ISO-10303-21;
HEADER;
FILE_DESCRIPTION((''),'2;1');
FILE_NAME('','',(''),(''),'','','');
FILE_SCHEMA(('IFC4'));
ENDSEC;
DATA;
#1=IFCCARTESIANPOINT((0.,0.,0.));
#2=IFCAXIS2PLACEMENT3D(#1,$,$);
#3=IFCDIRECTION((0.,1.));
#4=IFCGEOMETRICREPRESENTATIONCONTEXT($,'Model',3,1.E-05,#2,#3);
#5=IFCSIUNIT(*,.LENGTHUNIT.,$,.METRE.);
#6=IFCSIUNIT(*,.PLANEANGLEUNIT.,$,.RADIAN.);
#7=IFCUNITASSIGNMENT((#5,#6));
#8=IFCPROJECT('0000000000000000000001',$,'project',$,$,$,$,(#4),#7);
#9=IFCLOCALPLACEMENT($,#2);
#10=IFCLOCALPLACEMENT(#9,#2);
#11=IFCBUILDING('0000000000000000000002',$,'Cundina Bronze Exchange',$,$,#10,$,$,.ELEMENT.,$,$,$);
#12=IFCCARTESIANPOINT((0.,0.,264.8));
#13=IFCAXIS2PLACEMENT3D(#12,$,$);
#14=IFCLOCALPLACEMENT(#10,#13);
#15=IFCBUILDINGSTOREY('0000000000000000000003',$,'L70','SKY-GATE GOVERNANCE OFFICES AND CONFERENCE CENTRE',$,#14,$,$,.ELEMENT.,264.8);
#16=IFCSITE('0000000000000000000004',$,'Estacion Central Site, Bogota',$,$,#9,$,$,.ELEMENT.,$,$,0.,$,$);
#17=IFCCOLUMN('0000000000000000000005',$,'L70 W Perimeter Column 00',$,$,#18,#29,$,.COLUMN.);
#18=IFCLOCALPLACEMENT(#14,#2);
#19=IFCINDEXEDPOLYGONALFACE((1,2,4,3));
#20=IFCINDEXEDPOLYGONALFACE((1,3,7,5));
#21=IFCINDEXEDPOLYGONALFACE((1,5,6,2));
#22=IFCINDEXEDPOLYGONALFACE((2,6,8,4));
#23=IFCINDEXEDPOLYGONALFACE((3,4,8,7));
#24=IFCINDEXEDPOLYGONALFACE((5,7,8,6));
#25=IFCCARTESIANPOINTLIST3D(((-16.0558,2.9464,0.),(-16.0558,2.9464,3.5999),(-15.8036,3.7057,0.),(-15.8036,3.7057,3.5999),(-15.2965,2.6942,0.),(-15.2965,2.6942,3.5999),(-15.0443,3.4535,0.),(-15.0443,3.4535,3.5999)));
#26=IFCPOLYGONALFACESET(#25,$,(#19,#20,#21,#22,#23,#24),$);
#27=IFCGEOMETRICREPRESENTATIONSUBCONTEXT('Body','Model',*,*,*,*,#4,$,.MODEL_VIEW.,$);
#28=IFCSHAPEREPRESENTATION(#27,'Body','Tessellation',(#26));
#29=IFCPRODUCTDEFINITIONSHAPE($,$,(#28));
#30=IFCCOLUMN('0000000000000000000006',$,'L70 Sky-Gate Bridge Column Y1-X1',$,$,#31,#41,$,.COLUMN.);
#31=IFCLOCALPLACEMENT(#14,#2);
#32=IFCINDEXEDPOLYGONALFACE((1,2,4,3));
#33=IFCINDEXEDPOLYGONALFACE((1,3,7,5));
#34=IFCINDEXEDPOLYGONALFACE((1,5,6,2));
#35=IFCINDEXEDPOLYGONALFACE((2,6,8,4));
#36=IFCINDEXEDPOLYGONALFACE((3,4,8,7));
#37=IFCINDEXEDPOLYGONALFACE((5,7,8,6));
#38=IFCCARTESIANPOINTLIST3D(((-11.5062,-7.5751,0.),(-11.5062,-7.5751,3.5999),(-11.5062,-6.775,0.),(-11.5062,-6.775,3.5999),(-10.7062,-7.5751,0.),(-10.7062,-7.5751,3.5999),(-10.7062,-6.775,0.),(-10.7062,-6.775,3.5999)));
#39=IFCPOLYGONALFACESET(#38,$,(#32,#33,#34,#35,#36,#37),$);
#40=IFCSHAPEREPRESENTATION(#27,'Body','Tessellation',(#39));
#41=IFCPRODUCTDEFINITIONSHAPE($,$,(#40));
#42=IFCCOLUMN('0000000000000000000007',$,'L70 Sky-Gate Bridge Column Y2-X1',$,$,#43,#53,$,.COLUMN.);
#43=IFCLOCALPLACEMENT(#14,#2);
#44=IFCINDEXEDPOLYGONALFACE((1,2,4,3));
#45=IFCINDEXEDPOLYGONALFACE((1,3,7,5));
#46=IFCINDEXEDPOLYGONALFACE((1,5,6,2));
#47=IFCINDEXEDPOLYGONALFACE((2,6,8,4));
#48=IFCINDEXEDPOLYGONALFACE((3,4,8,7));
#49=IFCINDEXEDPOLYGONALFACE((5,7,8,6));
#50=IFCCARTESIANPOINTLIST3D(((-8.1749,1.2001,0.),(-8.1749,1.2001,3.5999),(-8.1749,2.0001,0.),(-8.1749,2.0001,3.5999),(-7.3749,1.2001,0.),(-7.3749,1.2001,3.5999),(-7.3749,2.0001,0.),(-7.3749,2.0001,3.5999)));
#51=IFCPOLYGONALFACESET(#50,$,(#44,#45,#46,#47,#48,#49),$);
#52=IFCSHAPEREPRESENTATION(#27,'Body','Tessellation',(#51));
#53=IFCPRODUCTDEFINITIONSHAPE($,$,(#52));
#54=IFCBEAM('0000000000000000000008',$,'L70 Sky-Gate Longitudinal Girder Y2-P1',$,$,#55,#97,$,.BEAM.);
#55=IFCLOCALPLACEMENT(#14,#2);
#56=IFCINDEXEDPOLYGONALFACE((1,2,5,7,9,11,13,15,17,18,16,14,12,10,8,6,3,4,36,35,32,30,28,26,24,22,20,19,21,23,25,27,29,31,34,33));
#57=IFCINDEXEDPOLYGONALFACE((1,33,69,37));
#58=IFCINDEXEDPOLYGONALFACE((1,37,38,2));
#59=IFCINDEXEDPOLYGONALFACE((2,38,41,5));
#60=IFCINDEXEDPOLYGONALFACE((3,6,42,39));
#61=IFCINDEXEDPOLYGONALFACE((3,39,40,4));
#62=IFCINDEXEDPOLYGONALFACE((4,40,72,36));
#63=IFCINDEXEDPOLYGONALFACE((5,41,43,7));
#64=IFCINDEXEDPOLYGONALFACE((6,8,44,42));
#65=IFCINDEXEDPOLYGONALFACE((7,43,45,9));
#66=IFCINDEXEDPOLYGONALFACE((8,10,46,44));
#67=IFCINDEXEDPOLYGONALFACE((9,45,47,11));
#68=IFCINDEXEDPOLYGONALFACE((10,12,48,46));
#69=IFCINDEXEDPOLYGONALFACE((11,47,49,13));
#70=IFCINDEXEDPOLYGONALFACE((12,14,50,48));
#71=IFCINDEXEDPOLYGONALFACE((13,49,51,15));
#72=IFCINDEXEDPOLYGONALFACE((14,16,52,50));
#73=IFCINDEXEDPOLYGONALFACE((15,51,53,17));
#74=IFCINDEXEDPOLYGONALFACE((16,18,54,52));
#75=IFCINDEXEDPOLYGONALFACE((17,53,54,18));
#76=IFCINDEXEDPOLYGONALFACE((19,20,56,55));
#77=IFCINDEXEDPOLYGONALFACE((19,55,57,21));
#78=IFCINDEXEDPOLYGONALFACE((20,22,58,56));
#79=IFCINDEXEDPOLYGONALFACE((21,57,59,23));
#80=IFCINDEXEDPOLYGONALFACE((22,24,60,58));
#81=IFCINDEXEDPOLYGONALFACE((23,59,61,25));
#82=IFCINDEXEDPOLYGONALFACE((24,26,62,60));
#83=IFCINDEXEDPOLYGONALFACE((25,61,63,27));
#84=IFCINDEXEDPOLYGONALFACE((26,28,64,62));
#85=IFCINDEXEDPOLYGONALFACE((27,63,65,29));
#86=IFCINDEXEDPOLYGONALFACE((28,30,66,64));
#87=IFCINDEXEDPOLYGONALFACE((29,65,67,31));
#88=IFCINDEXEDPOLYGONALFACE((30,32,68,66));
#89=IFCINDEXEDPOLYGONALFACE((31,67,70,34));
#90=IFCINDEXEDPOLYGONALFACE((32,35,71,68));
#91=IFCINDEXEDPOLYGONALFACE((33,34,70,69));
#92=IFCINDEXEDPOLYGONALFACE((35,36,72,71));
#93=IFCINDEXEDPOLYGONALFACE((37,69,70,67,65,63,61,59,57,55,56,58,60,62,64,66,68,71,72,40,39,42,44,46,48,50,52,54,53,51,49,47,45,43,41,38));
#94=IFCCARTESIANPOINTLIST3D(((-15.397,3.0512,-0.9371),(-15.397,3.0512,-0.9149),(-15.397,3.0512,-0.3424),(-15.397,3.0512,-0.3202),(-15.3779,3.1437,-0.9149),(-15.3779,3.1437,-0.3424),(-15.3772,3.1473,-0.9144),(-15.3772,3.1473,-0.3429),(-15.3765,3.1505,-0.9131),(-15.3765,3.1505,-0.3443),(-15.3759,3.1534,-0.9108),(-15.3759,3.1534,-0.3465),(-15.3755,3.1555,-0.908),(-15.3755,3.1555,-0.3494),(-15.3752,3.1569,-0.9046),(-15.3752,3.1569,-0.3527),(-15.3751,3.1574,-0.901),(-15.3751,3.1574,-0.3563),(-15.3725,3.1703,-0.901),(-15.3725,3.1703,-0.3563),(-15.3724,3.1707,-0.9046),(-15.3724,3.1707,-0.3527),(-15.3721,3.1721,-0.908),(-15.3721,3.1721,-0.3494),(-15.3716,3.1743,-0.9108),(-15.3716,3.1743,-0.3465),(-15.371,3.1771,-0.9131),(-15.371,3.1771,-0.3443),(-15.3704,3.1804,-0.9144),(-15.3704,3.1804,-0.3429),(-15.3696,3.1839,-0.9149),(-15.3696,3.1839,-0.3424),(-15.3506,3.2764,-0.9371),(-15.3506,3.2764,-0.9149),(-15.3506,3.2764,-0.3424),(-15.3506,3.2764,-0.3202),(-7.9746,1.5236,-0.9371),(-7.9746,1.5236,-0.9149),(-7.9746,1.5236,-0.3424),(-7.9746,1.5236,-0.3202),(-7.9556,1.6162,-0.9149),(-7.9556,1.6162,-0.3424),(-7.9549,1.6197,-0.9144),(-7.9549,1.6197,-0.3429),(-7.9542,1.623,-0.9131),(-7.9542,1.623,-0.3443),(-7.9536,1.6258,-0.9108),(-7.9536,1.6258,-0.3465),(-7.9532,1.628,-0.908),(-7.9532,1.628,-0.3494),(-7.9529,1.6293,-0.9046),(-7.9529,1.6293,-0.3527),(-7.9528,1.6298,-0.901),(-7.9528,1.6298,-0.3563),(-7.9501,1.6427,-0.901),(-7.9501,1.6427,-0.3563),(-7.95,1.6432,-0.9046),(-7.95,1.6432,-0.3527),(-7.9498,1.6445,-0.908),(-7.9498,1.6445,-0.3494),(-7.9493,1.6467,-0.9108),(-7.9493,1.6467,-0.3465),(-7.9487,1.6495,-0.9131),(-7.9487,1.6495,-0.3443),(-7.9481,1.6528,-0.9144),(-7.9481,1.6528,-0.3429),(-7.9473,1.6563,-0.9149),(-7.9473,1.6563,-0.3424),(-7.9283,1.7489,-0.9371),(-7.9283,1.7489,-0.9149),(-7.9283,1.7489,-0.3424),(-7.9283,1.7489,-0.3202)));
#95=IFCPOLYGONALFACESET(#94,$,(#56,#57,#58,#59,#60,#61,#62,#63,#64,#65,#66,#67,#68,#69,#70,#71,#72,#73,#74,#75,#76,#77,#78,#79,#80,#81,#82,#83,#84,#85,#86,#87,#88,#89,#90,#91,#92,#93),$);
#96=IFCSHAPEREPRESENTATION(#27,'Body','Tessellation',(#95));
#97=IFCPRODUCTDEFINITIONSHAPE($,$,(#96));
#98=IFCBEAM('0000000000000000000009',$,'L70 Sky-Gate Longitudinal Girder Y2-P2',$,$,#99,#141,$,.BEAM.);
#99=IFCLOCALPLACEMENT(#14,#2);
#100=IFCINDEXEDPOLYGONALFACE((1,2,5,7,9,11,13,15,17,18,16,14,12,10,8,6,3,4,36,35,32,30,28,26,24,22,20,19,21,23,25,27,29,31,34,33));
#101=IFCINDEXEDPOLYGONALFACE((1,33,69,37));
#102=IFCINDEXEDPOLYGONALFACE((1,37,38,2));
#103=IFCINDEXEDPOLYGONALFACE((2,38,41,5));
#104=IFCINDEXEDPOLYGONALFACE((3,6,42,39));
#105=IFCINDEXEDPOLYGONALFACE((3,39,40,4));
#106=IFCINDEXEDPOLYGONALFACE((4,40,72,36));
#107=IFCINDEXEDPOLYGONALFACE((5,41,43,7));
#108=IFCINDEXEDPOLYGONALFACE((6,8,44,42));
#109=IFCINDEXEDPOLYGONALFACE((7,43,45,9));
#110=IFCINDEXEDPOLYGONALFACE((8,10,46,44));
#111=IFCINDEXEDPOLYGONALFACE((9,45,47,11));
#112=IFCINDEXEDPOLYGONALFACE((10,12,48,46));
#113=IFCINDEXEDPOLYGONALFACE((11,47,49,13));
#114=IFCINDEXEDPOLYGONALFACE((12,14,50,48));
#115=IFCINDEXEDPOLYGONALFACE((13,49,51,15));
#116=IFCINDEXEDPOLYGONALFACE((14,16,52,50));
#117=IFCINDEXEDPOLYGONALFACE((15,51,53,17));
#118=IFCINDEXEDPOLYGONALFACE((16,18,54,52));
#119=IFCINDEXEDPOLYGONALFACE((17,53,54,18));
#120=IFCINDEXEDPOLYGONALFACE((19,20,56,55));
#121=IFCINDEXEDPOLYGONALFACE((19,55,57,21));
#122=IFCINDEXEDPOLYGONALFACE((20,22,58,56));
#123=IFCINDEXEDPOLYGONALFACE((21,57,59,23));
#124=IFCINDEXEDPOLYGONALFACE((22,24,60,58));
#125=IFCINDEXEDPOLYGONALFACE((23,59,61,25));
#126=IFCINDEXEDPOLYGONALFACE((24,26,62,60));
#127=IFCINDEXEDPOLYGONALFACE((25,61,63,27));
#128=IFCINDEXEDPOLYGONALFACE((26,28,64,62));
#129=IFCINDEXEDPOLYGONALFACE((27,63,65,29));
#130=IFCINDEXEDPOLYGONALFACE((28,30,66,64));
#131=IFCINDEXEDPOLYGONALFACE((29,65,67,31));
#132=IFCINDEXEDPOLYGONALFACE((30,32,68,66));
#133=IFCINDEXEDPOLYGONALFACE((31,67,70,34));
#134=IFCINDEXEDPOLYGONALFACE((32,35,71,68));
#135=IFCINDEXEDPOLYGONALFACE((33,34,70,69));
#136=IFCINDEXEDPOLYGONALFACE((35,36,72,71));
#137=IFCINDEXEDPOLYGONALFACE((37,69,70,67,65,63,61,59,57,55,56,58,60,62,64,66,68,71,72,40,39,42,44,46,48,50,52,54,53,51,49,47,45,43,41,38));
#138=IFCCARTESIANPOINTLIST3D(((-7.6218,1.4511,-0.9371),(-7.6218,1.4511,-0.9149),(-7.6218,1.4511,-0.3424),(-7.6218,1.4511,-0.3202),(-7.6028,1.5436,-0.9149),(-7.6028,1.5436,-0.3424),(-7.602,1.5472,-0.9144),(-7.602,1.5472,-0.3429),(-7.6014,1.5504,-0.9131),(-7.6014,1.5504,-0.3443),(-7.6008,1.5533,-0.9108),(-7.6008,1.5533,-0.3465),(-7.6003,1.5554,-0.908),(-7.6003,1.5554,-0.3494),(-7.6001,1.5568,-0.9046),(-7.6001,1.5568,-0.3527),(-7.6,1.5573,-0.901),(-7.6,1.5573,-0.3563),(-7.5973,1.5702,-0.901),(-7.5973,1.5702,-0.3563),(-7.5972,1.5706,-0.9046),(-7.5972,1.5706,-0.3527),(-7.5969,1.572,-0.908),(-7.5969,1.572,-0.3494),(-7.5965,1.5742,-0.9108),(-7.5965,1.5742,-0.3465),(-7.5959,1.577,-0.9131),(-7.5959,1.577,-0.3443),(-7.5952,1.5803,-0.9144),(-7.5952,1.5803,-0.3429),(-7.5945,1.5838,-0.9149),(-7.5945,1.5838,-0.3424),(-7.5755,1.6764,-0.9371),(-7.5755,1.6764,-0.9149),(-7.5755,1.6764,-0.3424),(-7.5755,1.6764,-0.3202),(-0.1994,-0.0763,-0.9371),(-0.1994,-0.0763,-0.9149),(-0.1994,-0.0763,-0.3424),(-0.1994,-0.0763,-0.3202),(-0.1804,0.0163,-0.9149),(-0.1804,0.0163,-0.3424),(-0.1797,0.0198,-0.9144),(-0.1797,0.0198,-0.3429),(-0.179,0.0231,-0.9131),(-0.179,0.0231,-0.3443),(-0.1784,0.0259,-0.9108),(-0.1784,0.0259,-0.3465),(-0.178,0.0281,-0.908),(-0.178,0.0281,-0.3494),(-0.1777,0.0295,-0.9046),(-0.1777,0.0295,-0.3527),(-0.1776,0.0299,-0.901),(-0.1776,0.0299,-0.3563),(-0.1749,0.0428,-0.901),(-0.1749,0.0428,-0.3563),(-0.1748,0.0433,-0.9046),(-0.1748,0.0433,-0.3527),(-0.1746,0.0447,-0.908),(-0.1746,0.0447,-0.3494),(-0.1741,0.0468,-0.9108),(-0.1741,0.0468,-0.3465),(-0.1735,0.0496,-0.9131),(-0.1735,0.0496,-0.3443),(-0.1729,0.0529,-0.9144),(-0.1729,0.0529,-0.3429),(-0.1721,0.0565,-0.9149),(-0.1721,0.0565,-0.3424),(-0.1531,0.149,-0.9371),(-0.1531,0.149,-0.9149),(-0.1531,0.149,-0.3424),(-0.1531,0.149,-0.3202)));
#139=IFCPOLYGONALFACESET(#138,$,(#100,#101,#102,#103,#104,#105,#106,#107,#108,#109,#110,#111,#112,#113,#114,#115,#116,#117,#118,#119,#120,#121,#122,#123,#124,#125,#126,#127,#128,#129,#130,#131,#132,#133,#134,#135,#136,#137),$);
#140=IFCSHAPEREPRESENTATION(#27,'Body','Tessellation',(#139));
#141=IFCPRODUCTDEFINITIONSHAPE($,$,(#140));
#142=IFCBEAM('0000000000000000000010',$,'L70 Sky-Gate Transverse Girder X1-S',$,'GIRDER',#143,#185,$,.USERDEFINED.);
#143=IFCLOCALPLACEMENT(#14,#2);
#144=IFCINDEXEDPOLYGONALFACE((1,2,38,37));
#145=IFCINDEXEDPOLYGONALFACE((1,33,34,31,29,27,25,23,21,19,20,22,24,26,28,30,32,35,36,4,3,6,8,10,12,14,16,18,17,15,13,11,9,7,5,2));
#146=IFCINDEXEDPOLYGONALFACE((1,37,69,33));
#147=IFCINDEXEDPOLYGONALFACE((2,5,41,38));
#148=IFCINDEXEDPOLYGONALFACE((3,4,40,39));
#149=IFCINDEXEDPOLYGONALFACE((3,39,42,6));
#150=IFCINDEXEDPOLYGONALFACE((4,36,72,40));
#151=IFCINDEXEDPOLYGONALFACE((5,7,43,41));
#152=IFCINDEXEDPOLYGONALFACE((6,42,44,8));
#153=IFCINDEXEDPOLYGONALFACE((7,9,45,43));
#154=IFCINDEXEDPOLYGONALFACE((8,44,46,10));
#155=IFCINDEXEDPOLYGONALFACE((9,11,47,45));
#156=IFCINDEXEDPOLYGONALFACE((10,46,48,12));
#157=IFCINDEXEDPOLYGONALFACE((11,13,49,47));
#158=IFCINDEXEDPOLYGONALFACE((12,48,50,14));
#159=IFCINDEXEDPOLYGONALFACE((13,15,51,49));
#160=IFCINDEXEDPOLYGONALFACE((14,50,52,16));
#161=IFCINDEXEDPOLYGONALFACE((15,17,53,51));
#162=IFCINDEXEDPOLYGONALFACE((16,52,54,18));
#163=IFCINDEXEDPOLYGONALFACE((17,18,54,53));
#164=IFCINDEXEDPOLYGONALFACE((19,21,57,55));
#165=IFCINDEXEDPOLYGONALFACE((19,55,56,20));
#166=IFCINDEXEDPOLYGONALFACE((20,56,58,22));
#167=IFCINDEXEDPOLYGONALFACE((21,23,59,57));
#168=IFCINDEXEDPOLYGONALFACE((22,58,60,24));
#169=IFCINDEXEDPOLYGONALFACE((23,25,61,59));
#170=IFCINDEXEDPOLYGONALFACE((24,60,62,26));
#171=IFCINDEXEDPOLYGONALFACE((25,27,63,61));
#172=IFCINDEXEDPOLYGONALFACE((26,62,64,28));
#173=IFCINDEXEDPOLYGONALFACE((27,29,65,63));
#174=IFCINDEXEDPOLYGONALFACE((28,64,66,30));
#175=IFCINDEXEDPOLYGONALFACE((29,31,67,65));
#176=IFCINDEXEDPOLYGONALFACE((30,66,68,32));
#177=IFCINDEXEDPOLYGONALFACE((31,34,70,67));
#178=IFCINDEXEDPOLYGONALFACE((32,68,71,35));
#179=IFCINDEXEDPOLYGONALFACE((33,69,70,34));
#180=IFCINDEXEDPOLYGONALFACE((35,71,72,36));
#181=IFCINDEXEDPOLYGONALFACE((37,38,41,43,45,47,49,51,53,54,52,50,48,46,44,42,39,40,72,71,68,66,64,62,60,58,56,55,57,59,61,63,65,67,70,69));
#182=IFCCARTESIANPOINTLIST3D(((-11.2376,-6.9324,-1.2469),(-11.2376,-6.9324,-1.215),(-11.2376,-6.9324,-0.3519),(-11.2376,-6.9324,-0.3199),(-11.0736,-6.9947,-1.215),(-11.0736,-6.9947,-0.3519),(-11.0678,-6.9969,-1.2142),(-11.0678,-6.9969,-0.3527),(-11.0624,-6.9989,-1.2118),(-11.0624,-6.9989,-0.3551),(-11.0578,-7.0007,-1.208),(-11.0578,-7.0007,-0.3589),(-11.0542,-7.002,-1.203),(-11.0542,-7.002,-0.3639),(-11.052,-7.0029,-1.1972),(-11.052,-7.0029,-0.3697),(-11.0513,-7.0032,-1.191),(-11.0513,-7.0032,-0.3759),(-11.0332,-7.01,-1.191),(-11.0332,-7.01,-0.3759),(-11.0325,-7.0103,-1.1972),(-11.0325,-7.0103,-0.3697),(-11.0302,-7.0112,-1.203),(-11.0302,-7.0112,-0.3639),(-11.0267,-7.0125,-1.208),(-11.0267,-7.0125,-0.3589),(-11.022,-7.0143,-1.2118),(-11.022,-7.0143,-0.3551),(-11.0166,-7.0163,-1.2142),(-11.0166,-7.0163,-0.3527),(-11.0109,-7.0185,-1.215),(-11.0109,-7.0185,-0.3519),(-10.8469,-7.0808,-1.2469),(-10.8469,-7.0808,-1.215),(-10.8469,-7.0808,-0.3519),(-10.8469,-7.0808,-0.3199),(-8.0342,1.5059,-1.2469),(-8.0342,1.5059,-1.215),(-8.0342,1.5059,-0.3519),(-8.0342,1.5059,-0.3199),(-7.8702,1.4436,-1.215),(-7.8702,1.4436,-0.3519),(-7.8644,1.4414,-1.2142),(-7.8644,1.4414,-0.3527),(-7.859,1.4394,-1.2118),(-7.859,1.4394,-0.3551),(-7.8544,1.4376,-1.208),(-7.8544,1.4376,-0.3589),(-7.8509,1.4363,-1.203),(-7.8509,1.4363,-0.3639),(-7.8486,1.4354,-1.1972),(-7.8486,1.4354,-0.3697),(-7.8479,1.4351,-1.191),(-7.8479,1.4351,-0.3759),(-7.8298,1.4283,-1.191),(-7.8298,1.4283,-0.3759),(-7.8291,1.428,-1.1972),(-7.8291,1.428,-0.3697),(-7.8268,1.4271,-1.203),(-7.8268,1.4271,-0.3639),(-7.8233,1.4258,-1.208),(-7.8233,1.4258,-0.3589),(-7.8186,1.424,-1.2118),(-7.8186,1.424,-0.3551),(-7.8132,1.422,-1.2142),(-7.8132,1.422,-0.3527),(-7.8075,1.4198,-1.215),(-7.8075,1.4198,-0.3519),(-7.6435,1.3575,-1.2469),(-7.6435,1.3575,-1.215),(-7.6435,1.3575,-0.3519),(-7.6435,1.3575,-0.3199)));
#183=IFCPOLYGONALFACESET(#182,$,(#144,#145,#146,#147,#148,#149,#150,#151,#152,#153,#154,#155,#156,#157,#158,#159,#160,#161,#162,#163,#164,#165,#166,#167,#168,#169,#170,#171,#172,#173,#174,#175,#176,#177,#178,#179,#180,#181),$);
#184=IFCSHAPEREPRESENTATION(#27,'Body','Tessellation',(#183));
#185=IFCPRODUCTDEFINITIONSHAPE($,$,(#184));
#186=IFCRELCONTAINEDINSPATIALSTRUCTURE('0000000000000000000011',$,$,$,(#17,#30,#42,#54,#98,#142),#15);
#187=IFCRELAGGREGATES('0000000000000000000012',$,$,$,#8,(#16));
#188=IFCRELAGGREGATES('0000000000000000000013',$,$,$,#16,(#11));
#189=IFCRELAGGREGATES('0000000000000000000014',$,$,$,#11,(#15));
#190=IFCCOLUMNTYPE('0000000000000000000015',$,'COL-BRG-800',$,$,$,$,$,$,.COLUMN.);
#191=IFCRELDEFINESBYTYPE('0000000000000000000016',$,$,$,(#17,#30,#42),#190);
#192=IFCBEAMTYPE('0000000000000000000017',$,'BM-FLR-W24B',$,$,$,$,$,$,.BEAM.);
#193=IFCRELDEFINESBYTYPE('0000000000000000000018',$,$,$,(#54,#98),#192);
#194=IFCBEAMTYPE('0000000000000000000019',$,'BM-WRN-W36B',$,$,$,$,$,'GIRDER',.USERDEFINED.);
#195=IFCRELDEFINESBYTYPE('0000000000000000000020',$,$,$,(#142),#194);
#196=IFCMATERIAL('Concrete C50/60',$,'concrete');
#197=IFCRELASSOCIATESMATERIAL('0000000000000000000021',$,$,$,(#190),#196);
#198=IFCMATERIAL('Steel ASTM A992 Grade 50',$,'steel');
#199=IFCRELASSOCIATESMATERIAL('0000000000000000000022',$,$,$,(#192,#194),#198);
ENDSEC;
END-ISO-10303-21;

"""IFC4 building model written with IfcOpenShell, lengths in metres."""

from ifc_helpers import new_model, si_unit, direction, frame, origin, origin_2d, place, context, subcontext, project, spatial, rectangle, i_section, extrude, material, material_profile, profile_set, type_object, element, save


model = new_model("IFC4")

# Units and contexts
model_context = context("Model", 3, precision=1e-05, world=origin(), true_north=direction((0.0, 1.0)))
body_context = subcontext(model_context, "Body", "Model", "MODEL_VIEW")
ifc_project = project(units=[si_unit("LENGTHUNIT", "METRE"), si_unit("PLANEANGLEUNIT", "RADIAN")], contexts=[model_context])

# Site, building, storey
site_placement = place(None, origin())
site = spatial("IfcSite", under=ifc_project, at=site_placement, Name="Estacion Central Site, Bogota", CompositionType="ELEMENT", RefElevation=0.0)
building_placement = place(site_placement, origin())
building = spatial("IfcBuilding", under=site, at=building_placement, Name="Cundina Bronze Exchange", CompositionType="ELEMENT")
storey_placement = place(building_placement, frame((0.0, 0.0, 264.8)))
storey = spatial("IfcBuildingStorey", under=building, at=storey_placement, Name="L70", Description="SKY-GATE GOVERNANCE OFFICES AND CONFERENCE CENTRE", CompositionType="ELEMENT", Elevation=264.8)

# Columns
ifc_material_1 = material(Name="Concrete C50/60", Category="concrete")
ifc_material_profile_1 = material_profile(ifc_material_1, rectangle(XDim=0.8, YDim=0.8, at=origin_2d()), Name="RC800X800", Category="concrete")
ifc_profile_set_1 = profile_set([ifc_material_profile_1], Name="Concrete C50/60")
column_type = type_object("IfcColumnType", Name="COL-BRG-800", PredefinedType="COLUMN", material=ifc_profile_set_1)
for number, where, z_axis, x_axis, name in (
    (1, (-15.55, 3.2, 0.0), (0.0, 0.0, 1.0), (0.315152, 0.949041, 0.0), "L70 W Perimeter Column 00"),
    (2, (-11.1062, -7.175, 0.0), (0.0, 0.0, 1.0), (1.0, 0.0, 0.0), "L70 Sky-Gate Bridge Column Y1-X1"),
    (3, (-7.7749, 1.6001, 0.0), (0.0, 0.0, 1.0), (1.0, 0.0, 0.0), "L70 Sky-Gate Bridge Column Y2-X1"),
):
    element("IfcColumn", number, at=place(storey_placement, frame(where, z_axis=z_axis, x_axis=x_axis)), inside=storey, type_object=column_type, Name=name, PredefinedType="COLUMN", context=body_context, shape_type="SweptSolid", body=[
        extrude(rectangle(XDim=0.8, YDim=0.8, at=origin_2d()), origin(), (0.0, 0.0, 1.0), 3.5999),
    ])

# Beams
ifc_material_2 = material(Name="Steel ASTM A992 Grade 50", Category="steel")
ifc_material_profile_2 = material_profile(ifc_material_2, i_section(OverallWidth=0.23, OverallDepth=0.6169, WebThickness=0.0132, FlangeThickness=0.0222, FilletRadius=0.0139, at=origin_2d()), Name="W24X94", Category="steel")
ifc_profile_set_2 = profile_set([ifc_material_profile_2], Name="Steel ASTM A992 Grade 50")
beam_type_1 = type_object("IfcBeamType", Name="BM-FLR-W24B", PredefinedType="BEAM", material=ifc_profile_set_2)
for number, where, z_axis, x_axis, name in (
    (4, (-15.3738, 3.1638, -0.6287), (0.979471, -0.201584, 0.0), (0.201584, 0.979471, 0.0), "L70 Sky-Gate Longitudinal Girder Y2-P1"),
    (5, (-7.5986, 1.5637, -0.6287), (0.979478, -0.201553, 0.0), (0.201553, 0.979478, 0.0), "L70 Sky-Gate Longitudinal Girder Y2-P2"),
):
    element("IfcBeam", number, at=place(storey_placement, frame(where, z_axis=z_axis, x_axis=x_axis)), inside=storey, type_object=beam_type_1, Name=name, PredefinedType="BEAM", context=body_context, shape_type="SweptSolid", body=[
        extrude(i_section(OverallWidth=0.23, OverallDepth=0.6169, WebThickness=0.0132, FlangeThickness=0.0222, FilletRadius=0.0139, at=origin_2d()), origin(), (0.0, 0.0, 1.0), 7.5779),
    ])
ifc_material_profile_3 = material_profile(ifc_material_2, i_section(OverallWidth=0.418, OverallDepth=0.927, WebThickness=0.0193, FlangeThickness=0.032, FilletRadius=0.0239, at=origin_2d()), Name="W36X231", Category="steel")
ifc_profile_set_3 = profile_set([ifc_material_profile_3], Name="Steel ASTM A992 Grade 50")
beam_type_2 = type_object("IfcBeamType", Name="BM-WRN-W36B", ElementType="GIRDER", PredefinedType="USERDEFINED", material=ifc_profile_set_3)
beam_1_placement = place(storey_placement, frame((-11.0422, -7.0066, -0.7834), z_axis=(0.354912, 0.9349, 0.0), x_axis=(-0.9349, 0.354912, 0.0)))
element("IfcBeam", 6, at=beam_1_placement, inside=storey, type_object=beam_type_2, Name="L70 Sky-Gate Transverse Girder X1-S", ObjectType="GIRDER", PredefinedType="USERDEFINED", context=body_context, shape_type="SweptSolid", body=[
    extrude(i_section(OverallWidth=0.418, OverallDepth=0.927, WebThickness=0.0193, FlangeThickness=0.032, FilletRadius=0.0239, at=origin_2d()), origin(), (0.0, 0.0, 1.0), 9.0259),
])

save(model, "model.ifc")
